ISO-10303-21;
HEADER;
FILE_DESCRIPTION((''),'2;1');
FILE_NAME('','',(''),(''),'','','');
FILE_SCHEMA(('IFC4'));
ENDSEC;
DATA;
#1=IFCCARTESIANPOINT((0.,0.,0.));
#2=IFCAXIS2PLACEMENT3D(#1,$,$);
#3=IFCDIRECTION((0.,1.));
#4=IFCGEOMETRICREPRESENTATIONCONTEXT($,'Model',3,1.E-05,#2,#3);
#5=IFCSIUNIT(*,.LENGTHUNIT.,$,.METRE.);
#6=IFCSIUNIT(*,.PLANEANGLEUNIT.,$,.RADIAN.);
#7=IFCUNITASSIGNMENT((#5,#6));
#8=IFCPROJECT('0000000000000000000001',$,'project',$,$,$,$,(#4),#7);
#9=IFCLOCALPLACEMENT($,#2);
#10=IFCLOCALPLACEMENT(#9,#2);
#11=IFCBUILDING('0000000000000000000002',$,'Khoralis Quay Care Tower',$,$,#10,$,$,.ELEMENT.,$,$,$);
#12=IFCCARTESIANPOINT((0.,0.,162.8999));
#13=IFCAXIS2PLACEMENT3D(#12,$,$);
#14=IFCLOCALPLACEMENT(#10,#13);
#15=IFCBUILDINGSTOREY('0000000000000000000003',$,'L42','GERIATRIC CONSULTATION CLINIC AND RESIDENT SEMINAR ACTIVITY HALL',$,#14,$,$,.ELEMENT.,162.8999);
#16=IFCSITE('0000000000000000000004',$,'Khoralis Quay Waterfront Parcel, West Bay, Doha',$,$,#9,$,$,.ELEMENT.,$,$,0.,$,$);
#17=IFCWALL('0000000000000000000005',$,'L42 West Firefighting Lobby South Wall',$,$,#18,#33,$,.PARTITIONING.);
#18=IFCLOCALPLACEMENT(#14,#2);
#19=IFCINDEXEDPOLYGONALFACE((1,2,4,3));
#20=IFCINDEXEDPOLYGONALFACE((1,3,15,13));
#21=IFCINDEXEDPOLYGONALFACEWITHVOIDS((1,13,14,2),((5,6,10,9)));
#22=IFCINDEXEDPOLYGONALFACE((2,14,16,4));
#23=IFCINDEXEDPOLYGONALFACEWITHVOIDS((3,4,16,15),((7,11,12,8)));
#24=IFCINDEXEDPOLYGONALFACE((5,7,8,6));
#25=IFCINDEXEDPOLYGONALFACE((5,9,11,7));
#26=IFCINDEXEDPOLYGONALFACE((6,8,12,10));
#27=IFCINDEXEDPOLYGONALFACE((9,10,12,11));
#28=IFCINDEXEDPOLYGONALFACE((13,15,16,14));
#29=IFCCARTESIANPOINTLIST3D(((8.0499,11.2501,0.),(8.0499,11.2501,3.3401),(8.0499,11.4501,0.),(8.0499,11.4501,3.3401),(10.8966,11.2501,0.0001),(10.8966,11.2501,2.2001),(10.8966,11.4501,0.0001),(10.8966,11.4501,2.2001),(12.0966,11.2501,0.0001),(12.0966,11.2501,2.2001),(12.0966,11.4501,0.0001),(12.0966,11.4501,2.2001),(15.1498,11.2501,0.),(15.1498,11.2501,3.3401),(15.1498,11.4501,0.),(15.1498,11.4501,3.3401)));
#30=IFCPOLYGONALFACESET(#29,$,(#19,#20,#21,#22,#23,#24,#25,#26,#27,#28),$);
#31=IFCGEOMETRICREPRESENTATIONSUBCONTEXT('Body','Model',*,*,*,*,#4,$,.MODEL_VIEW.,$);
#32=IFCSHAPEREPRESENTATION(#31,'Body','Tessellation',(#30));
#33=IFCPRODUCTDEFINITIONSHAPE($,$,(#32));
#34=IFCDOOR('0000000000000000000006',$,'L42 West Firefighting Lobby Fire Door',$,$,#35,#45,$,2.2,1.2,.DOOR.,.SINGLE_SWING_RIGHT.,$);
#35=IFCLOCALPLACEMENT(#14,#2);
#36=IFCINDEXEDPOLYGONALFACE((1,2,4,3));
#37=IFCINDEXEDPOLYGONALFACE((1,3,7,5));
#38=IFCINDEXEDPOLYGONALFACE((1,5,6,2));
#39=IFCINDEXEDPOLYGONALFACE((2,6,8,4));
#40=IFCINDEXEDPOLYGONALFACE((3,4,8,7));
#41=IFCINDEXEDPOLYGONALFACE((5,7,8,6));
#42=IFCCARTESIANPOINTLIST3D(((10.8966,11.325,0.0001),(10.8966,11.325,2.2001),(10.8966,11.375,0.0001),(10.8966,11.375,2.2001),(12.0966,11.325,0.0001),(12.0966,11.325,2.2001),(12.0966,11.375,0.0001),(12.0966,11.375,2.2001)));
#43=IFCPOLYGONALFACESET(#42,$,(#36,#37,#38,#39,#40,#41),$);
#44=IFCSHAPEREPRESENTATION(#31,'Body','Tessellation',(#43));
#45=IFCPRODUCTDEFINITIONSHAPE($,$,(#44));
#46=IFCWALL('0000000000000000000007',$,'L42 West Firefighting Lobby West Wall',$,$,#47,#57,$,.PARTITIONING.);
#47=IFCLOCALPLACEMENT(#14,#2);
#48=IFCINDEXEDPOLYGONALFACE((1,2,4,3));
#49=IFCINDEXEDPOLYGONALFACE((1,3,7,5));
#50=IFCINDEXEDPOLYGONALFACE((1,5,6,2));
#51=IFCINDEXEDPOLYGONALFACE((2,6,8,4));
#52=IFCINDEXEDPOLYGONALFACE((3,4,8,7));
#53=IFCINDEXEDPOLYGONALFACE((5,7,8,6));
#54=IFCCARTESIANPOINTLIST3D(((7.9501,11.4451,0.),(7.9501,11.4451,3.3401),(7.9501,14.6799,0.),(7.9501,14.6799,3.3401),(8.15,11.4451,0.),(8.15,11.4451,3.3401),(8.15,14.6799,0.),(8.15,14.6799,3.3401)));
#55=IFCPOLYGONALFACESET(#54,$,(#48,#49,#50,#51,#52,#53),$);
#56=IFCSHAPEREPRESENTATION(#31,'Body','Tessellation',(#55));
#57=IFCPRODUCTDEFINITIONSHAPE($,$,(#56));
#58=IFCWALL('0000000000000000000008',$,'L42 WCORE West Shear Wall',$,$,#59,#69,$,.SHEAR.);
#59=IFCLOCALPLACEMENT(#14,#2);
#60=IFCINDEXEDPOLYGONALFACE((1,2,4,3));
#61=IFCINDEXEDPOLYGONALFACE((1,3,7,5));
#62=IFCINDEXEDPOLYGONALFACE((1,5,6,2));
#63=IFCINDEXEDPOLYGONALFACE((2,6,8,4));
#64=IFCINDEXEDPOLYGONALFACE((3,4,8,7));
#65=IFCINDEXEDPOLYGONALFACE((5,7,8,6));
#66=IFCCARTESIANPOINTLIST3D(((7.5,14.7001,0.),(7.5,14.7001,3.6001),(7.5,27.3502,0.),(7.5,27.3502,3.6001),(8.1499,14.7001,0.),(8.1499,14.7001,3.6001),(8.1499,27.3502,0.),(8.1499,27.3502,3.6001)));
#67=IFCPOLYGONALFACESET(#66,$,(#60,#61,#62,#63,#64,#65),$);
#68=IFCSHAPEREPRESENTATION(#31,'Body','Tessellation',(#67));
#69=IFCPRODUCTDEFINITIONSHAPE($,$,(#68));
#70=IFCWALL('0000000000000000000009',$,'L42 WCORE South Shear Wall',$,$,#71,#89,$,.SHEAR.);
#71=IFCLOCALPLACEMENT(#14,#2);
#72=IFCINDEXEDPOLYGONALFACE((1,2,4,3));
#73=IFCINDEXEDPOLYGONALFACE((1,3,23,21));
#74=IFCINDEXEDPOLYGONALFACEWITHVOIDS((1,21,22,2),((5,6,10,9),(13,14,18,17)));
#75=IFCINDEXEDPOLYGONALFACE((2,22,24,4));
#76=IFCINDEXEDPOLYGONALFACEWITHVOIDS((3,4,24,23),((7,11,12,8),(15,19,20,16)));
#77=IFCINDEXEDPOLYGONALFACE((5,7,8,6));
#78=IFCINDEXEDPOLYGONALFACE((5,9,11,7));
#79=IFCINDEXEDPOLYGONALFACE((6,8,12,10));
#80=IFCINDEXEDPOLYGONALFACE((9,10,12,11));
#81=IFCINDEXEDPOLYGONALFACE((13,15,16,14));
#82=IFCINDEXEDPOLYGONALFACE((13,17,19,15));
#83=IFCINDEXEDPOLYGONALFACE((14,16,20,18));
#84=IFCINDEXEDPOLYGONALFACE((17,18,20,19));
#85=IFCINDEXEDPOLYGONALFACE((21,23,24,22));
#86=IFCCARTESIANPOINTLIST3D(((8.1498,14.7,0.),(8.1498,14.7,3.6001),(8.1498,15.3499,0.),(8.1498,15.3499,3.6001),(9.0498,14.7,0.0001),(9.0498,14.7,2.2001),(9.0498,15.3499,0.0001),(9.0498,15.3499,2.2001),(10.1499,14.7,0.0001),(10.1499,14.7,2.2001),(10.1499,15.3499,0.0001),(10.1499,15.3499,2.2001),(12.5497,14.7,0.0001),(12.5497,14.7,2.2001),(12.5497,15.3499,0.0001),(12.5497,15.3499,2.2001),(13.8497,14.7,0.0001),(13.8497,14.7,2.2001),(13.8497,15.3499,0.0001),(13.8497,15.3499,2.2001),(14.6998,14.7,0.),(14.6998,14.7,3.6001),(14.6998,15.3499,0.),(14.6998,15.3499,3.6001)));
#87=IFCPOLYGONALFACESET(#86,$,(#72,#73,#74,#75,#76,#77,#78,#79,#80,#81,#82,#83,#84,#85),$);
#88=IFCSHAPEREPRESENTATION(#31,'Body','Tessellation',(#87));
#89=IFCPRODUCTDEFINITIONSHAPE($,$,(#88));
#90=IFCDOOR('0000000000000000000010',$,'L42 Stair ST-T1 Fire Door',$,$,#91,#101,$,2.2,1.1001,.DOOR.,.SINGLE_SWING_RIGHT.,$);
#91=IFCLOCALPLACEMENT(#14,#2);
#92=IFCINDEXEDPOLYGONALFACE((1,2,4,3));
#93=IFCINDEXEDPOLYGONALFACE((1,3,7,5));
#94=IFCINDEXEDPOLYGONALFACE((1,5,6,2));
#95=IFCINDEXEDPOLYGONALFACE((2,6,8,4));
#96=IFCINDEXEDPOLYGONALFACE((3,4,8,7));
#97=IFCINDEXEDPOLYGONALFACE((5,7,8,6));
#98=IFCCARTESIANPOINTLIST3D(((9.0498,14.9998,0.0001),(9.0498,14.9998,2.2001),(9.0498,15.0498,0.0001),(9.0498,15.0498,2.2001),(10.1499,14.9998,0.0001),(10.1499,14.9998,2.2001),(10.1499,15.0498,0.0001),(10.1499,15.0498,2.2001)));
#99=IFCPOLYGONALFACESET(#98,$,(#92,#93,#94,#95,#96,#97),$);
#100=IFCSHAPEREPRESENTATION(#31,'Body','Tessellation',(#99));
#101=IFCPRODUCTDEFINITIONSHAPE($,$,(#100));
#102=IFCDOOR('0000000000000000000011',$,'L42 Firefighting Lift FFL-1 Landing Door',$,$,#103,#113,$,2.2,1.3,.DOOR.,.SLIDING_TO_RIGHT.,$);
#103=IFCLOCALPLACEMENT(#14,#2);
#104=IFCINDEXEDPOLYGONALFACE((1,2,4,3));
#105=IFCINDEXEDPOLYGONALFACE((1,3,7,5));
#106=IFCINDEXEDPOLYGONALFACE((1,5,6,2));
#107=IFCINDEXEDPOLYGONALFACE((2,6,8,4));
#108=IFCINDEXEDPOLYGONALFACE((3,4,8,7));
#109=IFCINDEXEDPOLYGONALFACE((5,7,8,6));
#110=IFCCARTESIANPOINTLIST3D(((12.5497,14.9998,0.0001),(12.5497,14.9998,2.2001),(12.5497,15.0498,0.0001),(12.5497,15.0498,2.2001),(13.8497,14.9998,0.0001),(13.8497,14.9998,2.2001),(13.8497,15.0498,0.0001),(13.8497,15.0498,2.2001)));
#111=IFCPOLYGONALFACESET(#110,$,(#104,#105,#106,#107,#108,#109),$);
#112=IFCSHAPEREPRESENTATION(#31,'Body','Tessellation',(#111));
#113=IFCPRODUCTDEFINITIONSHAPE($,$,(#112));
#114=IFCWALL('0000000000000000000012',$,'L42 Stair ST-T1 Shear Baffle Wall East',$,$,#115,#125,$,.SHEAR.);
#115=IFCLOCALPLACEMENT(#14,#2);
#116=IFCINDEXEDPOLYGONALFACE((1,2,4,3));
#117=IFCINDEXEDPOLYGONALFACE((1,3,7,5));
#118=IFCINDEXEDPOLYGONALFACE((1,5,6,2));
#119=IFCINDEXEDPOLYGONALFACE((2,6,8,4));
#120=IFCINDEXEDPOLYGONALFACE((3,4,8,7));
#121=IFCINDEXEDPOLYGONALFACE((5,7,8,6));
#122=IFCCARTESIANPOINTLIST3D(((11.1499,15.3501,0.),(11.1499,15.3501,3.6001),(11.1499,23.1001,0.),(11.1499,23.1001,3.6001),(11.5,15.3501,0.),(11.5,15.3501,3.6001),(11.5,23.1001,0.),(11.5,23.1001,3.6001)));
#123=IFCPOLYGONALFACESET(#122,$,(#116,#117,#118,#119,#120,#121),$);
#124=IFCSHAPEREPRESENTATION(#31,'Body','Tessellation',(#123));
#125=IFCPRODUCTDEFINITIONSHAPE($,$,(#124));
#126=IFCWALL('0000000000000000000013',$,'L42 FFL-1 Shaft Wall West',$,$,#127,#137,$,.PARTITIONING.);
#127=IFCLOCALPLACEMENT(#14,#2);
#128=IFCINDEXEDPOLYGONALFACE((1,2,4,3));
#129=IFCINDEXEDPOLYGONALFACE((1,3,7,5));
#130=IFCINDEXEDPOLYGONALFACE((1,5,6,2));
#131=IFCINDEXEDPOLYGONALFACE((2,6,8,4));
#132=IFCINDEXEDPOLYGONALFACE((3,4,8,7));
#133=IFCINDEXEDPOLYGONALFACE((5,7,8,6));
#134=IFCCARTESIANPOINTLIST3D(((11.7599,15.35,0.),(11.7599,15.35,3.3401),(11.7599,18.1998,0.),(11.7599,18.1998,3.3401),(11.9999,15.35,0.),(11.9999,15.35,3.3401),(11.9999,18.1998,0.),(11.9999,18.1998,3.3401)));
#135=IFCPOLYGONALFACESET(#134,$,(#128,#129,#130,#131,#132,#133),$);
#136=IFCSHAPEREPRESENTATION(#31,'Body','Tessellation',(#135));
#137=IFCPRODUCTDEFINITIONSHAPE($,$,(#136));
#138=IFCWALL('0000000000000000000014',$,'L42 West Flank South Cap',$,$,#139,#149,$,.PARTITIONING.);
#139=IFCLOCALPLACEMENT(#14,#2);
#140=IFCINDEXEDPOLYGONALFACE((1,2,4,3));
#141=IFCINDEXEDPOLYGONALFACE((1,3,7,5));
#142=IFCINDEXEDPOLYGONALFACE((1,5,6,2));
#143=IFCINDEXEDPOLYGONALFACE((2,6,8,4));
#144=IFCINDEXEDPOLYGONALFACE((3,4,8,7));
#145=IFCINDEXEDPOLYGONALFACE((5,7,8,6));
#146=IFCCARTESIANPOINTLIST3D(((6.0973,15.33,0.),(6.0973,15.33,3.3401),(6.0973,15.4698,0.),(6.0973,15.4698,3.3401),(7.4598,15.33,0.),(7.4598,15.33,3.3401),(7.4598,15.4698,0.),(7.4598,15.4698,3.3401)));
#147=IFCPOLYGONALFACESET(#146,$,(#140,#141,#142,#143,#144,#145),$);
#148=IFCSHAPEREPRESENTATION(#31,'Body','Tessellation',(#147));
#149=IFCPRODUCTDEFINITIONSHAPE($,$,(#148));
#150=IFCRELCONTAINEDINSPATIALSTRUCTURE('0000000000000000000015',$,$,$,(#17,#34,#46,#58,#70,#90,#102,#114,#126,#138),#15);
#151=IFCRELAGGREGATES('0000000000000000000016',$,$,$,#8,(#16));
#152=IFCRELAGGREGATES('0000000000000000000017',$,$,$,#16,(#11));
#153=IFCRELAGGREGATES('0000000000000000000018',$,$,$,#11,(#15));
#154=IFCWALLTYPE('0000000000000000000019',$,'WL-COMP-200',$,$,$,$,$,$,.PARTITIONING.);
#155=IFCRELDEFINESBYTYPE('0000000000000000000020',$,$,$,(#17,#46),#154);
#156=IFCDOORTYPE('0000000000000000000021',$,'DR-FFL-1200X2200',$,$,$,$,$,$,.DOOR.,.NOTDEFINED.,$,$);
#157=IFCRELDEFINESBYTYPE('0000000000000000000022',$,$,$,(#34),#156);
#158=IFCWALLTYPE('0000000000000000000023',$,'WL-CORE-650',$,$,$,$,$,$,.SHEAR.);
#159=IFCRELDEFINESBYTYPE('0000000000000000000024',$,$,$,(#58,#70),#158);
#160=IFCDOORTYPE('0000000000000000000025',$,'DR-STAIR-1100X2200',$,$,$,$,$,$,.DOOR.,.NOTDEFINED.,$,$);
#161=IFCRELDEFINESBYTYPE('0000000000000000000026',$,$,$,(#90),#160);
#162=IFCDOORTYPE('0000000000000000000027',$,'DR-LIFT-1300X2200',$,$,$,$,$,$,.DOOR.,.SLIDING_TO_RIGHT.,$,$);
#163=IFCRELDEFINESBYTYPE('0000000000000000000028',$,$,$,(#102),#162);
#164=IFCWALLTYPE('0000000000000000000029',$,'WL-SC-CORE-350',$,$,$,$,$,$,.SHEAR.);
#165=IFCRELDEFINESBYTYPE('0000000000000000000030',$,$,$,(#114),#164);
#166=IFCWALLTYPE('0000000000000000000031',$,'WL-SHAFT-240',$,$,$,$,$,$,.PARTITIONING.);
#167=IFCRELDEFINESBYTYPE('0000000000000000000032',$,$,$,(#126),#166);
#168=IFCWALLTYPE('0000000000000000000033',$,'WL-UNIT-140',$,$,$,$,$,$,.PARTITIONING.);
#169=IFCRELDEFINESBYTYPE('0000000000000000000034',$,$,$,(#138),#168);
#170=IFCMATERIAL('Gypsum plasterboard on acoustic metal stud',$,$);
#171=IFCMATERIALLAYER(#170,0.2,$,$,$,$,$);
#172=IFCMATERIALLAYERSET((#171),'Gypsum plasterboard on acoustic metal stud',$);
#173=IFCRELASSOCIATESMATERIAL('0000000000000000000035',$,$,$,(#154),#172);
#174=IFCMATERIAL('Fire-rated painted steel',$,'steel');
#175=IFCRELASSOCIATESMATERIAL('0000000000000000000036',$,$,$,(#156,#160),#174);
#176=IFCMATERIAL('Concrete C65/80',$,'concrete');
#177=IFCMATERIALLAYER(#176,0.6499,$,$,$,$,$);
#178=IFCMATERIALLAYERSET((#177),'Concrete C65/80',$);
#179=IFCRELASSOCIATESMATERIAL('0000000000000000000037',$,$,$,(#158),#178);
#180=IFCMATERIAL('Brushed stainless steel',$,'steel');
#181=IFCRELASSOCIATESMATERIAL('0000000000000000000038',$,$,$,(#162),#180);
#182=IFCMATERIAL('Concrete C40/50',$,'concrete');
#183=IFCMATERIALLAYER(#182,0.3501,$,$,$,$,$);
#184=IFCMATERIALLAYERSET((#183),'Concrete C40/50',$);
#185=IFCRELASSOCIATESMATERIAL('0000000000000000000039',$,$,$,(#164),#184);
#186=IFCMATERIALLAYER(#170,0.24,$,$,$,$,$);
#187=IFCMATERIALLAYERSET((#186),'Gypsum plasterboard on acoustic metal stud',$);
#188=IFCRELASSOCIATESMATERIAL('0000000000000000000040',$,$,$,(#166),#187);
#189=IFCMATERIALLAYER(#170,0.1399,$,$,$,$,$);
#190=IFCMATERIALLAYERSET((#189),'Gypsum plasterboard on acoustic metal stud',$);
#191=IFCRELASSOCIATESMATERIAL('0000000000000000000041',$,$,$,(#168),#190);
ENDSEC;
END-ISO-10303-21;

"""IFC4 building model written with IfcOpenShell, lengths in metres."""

from ifc_helpers import new_model, si_unit, direction, frame, frame_2d, origin, place, context, subcontext, project, spatial, rectangle, extrude, source, transform, mapped, material, layer, layer_set, type_object, element, fill, save


model = new_model("IFC4")

# Units and contexts
model_context = context("Model", 3, precision=1e-05, world=origin(), true_north=direction((0.0, 1.0)))
body_context = subcontext(model_context, "Body", "Model", "MODEL_VIEW")
ifc_project = project(units=[si_unit("LENGTHUNIT", "METRE"), si_unit("PLANEANGLEUNIT", "RADIAN")], contexts=[model_context])

# Site, building, storey
site_placement = place(None, origin())
site = spatial("IfcSite", under=ifc_project, at=site_placement, Name="Khoralis Quay Waterfront Parcel, West Bay, Doha", CompositionType="ELEMENT", RefElevation=0.0)
building_placement = place(site_placement, origin())
building = spatial("IfcBuilding", under=site, at=building_placement, Name="Khoralis Quay Care Tower", CompositionType="ELEMENT")
storey_placement = place(building_placement, frame((0.0, 0.0, 162.8999)))
storey = spatial("IfcBuildingStorey", under=building, at=storey_placement, Name="L42", Description="GERIATRIC CONSULTATION CLINIC AND RESIDENT SEMINAR ACTIVITY HALL", CompositionType="ELEMENT", Elevation=162.8999)

# Wall, opening, door
ifc_material_1 = material(Name="Gypsum plasterboard on acoustic metal stud")
ifc_layer_1 = layer(ifc_material_1, 0.2)
ifc_layer_set_1 = layer_set([ifc_layer_1], Name="Gypsum plasterboard on acoustic metal stud")
wall_type_1 = type_object("IfcWallType", Name="WL-COMP-200", PredefinedType="PARTITIONING", material=ifc_layer_set_1)
wall_1_placement = place(storey_placement, frame((8.05, 11.3501, 0.0), z_axis=(0.0, 0.0, 1.0), x_axis=(1.0, 0.0, 0.0)))
wall_1 = element("IfcWall", 1, at=wall_1_placement, inside=storey, type_object=wall_type_1, Name="L42 West Firefighting Lobby South Wall", PredefinedType="PARTITIONING", context=body_context, shape_type="SweptSolid", body=[
    extrude(rectangle(XDim=7.0999, YDim=0.2, at=frame_2d((3.5498, 0.0))), origin(), (0.0, 0.0, 1.0), 3.3401),
])
opening_1_placement = place(wall_1_placement, frame((2.8464, 0.0, 0.0)))
opening_1 = element("IfcOpeningElement", 2, at=opening_1_placement, cuts=wall_1, PredefinedType="OPENING", context=body_context, shape_type="SweptSolid", body=[
    extrude(rectangle(XDim=1.2, YDim=2.2, at=frame_2d((0.6001, 1.1001))), frame((0.0, 0.1099, 0.0), z_axis=(0.0, -1.0, 0.0), x_axis=(1.0, 0.0, 0.0)), (0.0, 0.0, 1.0), 0.22),
])
ifc_material_2 = material(Name="Fire-rated painted steel", Category="steel")
door_type_1 = type_object("IfcDoorType", Name="DR-FFL-1200X2200", OperationType="NOTDEFINED", PredefinedType="DOOR", material=ifc_material_2)
shared_shape_1 = source(origin(), body_context, "Body", "SweptSolid", [
    extrude(rectangle(XDim=1.2, YDim=2.2, at=frame_2d((0.6001, 1.1001))), frame((0.0, 0.0249, 0.0), z_axis=(0.0, -1.0, 0.0), x_axis=(1.0, 0.0, 0.0)), (0.0, 0.0, 1.0), 0.05),
])
door_1_placement = place(opening_1_placement, origin())
door_1 = element("IfcDoor", 3, at=door_1_placement, inside=storey, type_object=door_type_1, Name="L42 West Firefighting Lobby Fire Door", OperationType="SINGLE_SWING_RIGHT", OverallHeight=2.2, OverallWidth=1.2, PredefinedType="DOOR", context=body_context, shape_type="MappedRepresentation", body=[
    mapped(shared_shape_1, transform((0.0, 0.0, 0.0), scale=1.0)),
])
fill(opening_1, door_1)

# Walls
wall_2_placement = place(storey_placement, frame((8.05, 11.4451, 0.0), z_axis=(0.0, 0.0, 1.0), x_axis=(0.0, 1.0, 0.0)))
element("IfcWall", 4, at=wall_2_placement, inside=storey, type_object=wall_type_1, Name="L42 West Firefighting Lobby West Wall", PredefinedType="PARTITIONING", context=body_context, shape_type="SweptSolid", body=[
    extrude(rectangle(XDim=3.2349, YDim=0.2, at=frame_2d((1.6174, 0.0))), origin(), (0.0, 0.0, 1.0), 3.3401),
])
ifc_material_3 = material(Name="Concrete C65/80", Category="concrete")
ifc_layer_2 = layer(ifc_material_3, 0.6499)
ifc_layer_set_2 = layer_set([ifc_layer_2], Name="Concrete C65/80")
wall_type_2 = type_object("IfcWallType", Name="WL-CORE-650", PredefinedType="SHEAR", material=ifc_layer_set_2)
wall_3_placement = place(storey_placement, frame((7.825, 14.7, 0.0), z_axis=(0.0, 0.0, 1.0), x_axis=(0.0, 1.0, 0.0)))
element("IfcWall", 5, at=wall_3_placement, inside=storey, type_object=wall_type_2, Name="L42 WCORE West Shear Wall", PredefinedType="SHEAR", context=body_context, shape_type="SweptSolid", body=[
    extrude(rectangle(XDim=12.6501, YDim=0.6499, at=frame_2d((6.3252, 0.0))), origin(), (0.0, 0.0, 1.0), 3.6001),
])

# Wall, openings, doors
wall_4_placement = place(storey_placement, frame((8.1499, 15.0249, 0.0), z_axis=(0.0, 0.0, 1.0), x_axis=(1.0, 0.0, 0.0)))
wall_4 = element("IfcWall", 6, at=wall_4_placement, inside=storey, type_object=wall_type_2, Name="L42 WCORE South Shear Wall", PredefinedType="SHEAR", context=body_context, shape_type="SweptSolid", body=[
    extrude(rectangle(XDim=6.55, YDim=0.6499, at=frame_2d((3.2749, 0.0))), origin(), (0.0, 0.0, 1.0), 3.6001),
])
opening_2_placement = place(wall_4_placement, frame((0.8999, 0.0, 0.0)))
opening_2 = element("IfcOpeningElement", 7, at=opening_2_placement, cuts=wall_4, PredefinedType="OPENING", context=body_context, shape_type="SweptSolid", body=[
    extrude(rectangle(XDim=1.1001, YDim=2.2, at=frame_2d((0.55, 1.1001))), frame((0.0, 0.335, 0.0), z_axis=(0.0, -1.0, 0.0), x_axis=(1.0, 0.0, 0.0)), (0.0, 0.0, 1.0), 0.6699),
])
opening_3_placement = place(wall_4_placement, frame((4.3999, 0.0, 0.0)))
opening_3 = element("IfcOpeningElement", 8, at=opening_3_placement, cuts=wall_4, PredefinedType="OPENING", context=body_context, shape_type="SweptSolid", body=[
    extrude(rectangle(XDim=1.3, YDim=2.2, at=frame_2d((0.6499, 1.1001))), frame((0.0, 0.335, 0.0), z_axis=(0.0, -1.0, 0.0), x_axis=(1.0, 0.0, 0.0)), (0.0, 0.0, 1.0), 0.6699),
])
door_type_2 = type_object("IfcDoorType", Name="DR-STAIR-1100X2200", OperationType="NOTDEFINED", PredefinedType="DOOR", material=ifc_material_2)
shared_shape_2 = source(origin(), body_context, "Body", "SweptSolid", [
    extrude(rectangle(XDim=1.1001, YDim=2.2, at=frame_2d((0.55, 1.1001))), frame((0.0, 0.0249, 0.0), z_axis=(0.0, -1.0, 0.0), x_axis=(1.0, 0.0, 0.0)), (0.0, 0.0, 1.0), 0.05),
])
door_2_placement = place(opening_2_placement, origin())
door_2 = element("IfcDoor", 9, at=door_2_placement, inside=storey, type_object=door_type_2, Name="L42 Stair ST-T1 Fire Door", OperationType="SINGLE_SWING_RIGHT", OverallHeight=2.2, OverallWidth=1.1001, PredefinedType="DOOR", context=body_context, shape_type="MappedRepresentation", body=[
    mapped(shared_shape_2, transform((0.0, 0.0, 0.0), scale=1.0)),
])
fill(opening_2, door_2)
ifc_material_4 = material(Name="Brushed stainless steel", Category="steel")
door_type_3 = type_object("IfcDoorType", Name="DR-LIFT-1300X2200", OperationType="SLIDING_TO_RIGHT", PredefinedType="DOOR", material=ifc_material_4)
shared_shape_3 = source(origin(), body_context, "Body", "SweptSolid", [
    extrude(rectangle(XDim=1.3, YDim=2.2, at=frame_2d((0.6499, 1.1001))), frame((0.0, 0.0249, 0.0), z_axis=(0.0, -1.0, 0.0), x_axis=(1.0, 0.0, 0.0)), (0.0, 0.0, 1.0), 0.05),
])
door_3_placement = place(opening_3_placement, origin())
door_3 = element("IfcDoor", 10, at=door_3_placement, inside=storey, type_object=door_type_3, Name="L42 Firefighting Lift FFL-1 Landing Door", OperationType="SLIDING_TO_RIGHT", OverallHeight=2.2, OverallWidth=1.3, PredefinedType="DOOR", context=body_context, shape_type="MappedRepresentation", body=[
    mapped(shared_shape_3, transform((0.0, 0.0, 0.0), scale=1.0)),
])
fill(opening_3, door_3)

# Walls
ifc_material_5 = material(Name="Concrete C40/50", Category="concrete")
ifc_layer_3 = layer(ifc_material_5, 0.3501)
ifc_layer_set_3 = layer_set([ifc_layer_3], Name="Concrete C40/50")
wall_type_3 = type_object("IfcWallType", Name="WL-SC-CORE-350", PredefinedType="SHEAR", material=ifc_layer_set_3)
wall_5_placement = place(storey_placement, frame((11.325, 15.3501, 0.0), z_axis=(0.0, 0.0, 1.0), x_axis=(0.0, 1.0, 0.0)))
element("IfcWall", 11, at=wall_5_placement, inside=storey, type_object=wall_type_3, Name="L42 Stair ST-T1 Shear Baffle Wall East", PredefinedType="SHEAR", context=body_context, shape_type="SweptSolid", body=[
    extrude(rectangle(XDim=7.75, YDim=0.3501, at=frame_2d((3.875, 0.0))), origin(), (0.0, 0.0, 1.0), 3.6001),
])
ifc_layer_4 = layer(ifc_material_1, 0.24)
ifc_layer_set_4 = layer_set([ifc_layer_4], Name="Gypsum plasterboard on acoustic metal stud")
wall_type_4 = type_object("IfcWallType", Name="WL-SHAFT-240", PredefinedType="PARTITIONING", material=ifc_layer_set_4)
wall_6_placement = place(storey_placement, frame((11.8799, 15.3501, 0.0), z_axis=(0.0, 0.0, 1.0), x_axis=(0.0, 1.0, 0.0)))
element("IfcWall", 12, at=wall_6_placement, inside=storey, type_object=wall_type_4, Name="L42 FFL-1 Shaft Wall West", PredefinedType="PARTITIONING", context=body_context, shape_type="SweptSolid", body=[
    extrude(rectangle(XDim=2.8499, YDim=0.24, at=frame_2d((1.4248, 0.0))), origin(), (0.0, 0.0, 1.0), 3.3401),
])
ifc_layer_5 = layer(ifc_material_1, 0.1399)
ifc_layer_set_5 = layer_set([ifc_layer_5], Name="Gypsum plasterboard on acoustic metal stud")
wall_type_5 = type_object("IfcWallType", Name="WL-UNIT-140", PredefinedType="PARTITIONING", material=ifc_layer_set_5)
wall_7_placement = place(storey_placement, frame((6.0974, 15.3999, 0.0), z_axis=(0.0, 0.0, 1.0), x_axis=(1.0, 0.0, 0.0)))
element("IfcWall", 13, at=wall_7_placement, inside=storey, type_object=wall_type_5, Name="L42 West Flank South Cap", PredefinedType="PARTITIONING", context=body_context, shape_type="SweptSolid", body=[
    extrude(rectangle(XDim=1.3625, YDim=0.1399, at=frame_2d((0.6812, 0.0))), origin(), (0.0, 0.0, 1.0), 3.3401),
])

save(model, "model.ifc")
